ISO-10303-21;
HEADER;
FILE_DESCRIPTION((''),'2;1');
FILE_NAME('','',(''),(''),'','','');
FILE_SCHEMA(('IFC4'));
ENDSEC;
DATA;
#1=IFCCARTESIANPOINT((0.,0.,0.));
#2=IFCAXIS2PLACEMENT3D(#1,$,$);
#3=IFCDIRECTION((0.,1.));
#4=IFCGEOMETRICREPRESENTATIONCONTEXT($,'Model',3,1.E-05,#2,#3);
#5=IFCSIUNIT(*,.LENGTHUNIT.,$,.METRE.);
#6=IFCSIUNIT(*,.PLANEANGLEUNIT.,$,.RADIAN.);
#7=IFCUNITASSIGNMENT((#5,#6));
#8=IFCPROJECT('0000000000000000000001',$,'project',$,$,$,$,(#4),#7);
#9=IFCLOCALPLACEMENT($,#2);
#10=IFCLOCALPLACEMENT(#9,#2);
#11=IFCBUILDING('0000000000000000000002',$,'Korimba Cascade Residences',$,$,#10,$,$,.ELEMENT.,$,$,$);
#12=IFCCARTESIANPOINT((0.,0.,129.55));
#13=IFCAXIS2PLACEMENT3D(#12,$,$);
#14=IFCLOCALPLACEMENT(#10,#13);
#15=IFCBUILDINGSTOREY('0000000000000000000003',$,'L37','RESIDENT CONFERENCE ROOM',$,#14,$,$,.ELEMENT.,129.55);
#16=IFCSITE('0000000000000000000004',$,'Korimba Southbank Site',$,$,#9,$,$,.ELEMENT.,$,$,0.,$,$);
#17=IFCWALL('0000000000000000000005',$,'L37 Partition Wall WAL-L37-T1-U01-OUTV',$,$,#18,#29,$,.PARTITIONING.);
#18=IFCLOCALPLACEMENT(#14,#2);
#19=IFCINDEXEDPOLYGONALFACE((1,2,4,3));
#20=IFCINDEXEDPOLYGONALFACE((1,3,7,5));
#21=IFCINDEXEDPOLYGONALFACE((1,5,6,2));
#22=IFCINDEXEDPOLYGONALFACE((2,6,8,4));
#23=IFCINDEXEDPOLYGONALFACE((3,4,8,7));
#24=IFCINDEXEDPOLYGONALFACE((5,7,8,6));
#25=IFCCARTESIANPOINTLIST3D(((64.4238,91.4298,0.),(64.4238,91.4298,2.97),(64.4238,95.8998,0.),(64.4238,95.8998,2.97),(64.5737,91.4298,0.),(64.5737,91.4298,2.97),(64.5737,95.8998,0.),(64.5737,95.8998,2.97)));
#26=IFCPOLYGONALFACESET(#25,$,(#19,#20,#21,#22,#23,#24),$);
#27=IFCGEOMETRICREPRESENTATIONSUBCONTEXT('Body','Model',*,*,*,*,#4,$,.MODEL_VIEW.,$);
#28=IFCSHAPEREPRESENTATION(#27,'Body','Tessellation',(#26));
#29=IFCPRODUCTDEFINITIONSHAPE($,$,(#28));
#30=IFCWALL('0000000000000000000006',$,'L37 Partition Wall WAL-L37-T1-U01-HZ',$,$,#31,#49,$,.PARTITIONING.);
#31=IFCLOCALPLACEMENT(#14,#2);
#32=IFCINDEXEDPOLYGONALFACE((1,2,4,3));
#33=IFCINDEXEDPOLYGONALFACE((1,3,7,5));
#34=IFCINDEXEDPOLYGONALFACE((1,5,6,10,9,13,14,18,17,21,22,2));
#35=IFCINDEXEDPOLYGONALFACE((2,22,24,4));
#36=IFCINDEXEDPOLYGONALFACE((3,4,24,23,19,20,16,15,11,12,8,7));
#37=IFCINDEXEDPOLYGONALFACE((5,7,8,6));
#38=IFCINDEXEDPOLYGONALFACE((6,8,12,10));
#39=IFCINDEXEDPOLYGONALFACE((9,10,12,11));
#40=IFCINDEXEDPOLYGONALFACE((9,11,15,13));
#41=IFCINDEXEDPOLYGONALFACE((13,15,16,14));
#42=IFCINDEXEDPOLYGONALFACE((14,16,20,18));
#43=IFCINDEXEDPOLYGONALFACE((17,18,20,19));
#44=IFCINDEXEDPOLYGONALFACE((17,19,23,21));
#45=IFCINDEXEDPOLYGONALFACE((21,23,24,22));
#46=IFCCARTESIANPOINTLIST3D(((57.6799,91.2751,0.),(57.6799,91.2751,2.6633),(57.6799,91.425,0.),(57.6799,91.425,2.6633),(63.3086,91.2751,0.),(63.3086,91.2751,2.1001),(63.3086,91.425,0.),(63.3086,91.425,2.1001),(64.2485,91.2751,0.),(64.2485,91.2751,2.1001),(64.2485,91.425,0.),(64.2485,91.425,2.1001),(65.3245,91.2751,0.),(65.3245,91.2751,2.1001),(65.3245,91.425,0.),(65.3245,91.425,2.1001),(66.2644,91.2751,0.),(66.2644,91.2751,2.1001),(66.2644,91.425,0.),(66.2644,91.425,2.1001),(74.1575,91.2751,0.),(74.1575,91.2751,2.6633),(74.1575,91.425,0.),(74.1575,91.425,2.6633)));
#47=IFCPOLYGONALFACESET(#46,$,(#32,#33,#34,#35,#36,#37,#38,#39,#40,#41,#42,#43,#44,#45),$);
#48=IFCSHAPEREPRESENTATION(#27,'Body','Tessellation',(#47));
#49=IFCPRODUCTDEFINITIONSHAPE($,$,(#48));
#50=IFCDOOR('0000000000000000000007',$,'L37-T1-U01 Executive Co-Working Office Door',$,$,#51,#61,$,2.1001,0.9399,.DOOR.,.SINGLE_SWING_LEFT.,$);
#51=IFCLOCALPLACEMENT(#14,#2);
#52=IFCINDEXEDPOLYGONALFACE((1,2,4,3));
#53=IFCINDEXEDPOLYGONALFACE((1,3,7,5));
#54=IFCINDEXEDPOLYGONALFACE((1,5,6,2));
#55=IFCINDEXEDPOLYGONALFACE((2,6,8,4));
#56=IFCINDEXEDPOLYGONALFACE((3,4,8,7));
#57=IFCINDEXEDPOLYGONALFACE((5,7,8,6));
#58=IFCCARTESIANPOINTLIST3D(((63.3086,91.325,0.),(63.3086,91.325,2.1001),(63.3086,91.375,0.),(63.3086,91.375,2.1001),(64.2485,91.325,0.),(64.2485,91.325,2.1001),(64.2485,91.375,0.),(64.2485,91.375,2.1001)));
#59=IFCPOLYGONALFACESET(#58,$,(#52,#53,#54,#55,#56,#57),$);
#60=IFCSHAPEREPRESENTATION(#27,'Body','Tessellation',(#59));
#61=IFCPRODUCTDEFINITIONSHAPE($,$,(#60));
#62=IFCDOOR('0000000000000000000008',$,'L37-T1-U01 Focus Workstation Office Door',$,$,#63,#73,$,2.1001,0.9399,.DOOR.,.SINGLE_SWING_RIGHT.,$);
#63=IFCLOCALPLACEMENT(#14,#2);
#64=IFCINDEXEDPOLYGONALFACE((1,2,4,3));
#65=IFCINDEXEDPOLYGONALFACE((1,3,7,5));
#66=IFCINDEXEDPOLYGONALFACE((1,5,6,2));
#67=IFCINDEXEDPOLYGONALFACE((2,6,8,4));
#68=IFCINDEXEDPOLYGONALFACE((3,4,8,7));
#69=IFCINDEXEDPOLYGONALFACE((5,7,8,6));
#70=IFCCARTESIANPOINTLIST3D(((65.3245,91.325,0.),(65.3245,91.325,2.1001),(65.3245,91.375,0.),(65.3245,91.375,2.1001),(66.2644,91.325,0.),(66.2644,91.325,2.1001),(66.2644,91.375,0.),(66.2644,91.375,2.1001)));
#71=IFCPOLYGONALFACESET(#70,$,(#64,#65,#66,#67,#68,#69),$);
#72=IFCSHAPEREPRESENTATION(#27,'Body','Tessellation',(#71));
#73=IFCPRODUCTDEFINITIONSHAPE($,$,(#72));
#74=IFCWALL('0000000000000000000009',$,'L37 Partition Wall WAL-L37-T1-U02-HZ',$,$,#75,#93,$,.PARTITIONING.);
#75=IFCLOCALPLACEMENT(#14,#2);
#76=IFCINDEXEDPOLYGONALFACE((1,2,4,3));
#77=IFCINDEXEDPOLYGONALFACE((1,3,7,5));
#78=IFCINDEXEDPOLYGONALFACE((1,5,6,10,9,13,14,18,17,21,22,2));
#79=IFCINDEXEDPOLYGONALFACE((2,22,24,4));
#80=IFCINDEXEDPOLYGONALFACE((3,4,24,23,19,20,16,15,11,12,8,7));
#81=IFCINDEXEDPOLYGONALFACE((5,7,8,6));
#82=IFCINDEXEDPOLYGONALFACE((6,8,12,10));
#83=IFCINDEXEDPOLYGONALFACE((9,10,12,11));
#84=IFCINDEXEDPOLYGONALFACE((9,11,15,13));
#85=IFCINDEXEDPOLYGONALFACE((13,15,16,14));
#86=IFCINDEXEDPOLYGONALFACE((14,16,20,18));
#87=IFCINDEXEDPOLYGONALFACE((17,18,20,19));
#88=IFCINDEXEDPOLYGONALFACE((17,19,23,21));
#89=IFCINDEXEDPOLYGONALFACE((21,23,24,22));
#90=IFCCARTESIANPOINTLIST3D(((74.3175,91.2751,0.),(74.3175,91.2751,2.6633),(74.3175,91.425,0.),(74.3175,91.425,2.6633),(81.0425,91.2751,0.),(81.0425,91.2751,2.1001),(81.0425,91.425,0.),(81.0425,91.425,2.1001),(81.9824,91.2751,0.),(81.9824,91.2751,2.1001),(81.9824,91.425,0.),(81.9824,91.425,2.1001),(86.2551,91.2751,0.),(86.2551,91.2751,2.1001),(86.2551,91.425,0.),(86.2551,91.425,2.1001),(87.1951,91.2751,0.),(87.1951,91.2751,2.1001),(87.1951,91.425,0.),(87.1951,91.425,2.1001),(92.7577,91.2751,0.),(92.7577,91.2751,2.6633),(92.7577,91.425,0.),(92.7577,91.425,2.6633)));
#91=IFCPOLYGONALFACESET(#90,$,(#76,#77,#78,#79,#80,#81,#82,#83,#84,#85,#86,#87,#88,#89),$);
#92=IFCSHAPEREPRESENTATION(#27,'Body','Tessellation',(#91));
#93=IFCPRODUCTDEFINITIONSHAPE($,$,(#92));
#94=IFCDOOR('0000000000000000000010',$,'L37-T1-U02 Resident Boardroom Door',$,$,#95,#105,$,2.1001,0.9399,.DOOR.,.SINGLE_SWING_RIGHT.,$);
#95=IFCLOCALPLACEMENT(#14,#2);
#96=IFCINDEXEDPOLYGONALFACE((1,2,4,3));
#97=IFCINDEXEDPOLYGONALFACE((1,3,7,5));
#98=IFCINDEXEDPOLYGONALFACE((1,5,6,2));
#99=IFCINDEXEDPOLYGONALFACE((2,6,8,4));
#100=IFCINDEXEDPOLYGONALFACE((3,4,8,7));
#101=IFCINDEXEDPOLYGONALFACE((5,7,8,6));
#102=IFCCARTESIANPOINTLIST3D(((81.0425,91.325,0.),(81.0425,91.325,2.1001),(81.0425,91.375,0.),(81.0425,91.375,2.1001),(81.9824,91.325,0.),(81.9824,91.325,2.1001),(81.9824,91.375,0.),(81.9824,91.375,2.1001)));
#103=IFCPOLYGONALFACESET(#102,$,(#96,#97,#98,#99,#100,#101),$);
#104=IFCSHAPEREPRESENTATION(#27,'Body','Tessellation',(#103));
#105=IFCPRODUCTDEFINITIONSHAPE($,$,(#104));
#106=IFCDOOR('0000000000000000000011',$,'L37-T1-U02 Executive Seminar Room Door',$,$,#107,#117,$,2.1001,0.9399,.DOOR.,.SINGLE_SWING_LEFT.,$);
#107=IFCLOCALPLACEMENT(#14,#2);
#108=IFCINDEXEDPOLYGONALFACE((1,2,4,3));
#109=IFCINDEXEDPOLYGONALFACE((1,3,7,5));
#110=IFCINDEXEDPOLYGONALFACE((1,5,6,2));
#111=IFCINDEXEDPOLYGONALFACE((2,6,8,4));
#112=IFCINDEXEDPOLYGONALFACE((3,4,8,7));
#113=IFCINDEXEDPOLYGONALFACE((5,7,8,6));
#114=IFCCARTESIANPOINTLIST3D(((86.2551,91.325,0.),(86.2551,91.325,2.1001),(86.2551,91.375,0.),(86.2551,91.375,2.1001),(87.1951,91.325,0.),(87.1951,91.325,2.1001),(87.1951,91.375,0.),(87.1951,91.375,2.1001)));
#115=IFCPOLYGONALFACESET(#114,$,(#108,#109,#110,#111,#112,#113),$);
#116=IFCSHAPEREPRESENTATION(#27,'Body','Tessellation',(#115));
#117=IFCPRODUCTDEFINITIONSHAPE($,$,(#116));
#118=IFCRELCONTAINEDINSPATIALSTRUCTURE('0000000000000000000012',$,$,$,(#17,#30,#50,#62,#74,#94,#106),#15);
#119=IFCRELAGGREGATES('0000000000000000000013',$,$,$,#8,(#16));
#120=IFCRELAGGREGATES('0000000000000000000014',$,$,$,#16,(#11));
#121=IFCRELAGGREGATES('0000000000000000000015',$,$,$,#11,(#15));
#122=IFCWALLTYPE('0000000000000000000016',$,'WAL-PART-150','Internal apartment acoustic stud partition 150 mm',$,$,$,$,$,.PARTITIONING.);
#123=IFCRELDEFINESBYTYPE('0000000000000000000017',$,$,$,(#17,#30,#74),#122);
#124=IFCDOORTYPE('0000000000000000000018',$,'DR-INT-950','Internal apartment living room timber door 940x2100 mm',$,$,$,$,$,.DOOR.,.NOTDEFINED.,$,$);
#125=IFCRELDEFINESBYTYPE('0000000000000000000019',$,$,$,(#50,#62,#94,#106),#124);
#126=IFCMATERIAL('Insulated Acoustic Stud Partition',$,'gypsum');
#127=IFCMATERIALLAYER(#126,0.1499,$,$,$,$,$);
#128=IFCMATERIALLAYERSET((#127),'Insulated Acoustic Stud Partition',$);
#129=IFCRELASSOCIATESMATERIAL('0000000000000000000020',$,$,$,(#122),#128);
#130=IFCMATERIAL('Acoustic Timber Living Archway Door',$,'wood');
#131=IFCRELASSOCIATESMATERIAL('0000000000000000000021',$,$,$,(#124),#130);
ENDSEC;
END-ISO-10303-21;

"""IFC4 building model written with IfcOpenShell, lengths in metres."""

from ifc_helpers import new_model, si_unit, direction, frame, frame_2d, origin, place, context, subcontext, project, spatial, rectangle, extrude, material, layer, layer_set, type_object, element, fill, save


model = new_model("IFC4")

# Units and contexts
model_context = context("Model", 3, precision=1e-05, world=origin(), true_north=direction((0.0, 1.0)))
body_context = subcontext(model_context, "Body", "Model", "MODEL_VIEW")
ifc_project = project(units=[si_unit("LENGTHUNIT", "METRE"), si_unit("PLANEANGLEUNIT", "RADIAN")], contexts=[model_context])

# Site, building, storey
site_placement = place(None, origin())
site = spatial("IfcSite", under=ifc_project, at=site_placement, Name="Korimba Southbank Site", CompositionType="ELEMENT", RefElevation=0.0)
building_placement = place(site_placement, origin())
building = spatial("IfcBuilding", under=site, at=building_placement, Name="Korimba Cascade Residences", CompositionType="ELEMENT")
storey_placement = place(building_placement, frame((0.0, 0.0, 129.55)))
storey = spatial("IfcBuildingStorey", under=building, at=storey_placement, Name="L37", Description="RESIDENT CONFERENCE ROOM", CompositionType="ELEMENT", Elevation=129.55)

# Wall
ifc_material_1 = material(Name="Insulated Acoustic Stud Partition", Category="gypsum")
ifc_layer_1 = layer(ifc_material_1, 0.1499)
ifc_layer_set_1 = layer_set([ifc_layer_1], Name="Insulated Acoustic Stud Partition")
wall_type_1 = type_object("IfcWallType", Name="WAL-PART-150", Description="Internal apartment acoustic stud partition 150 mm", PredefinedType="PARTITIONING", material=ifc_layer_set_1)
wall_1_placement = place(storey_placement, frame((64.4988, 91.4299, 0.0), z_axis=(0.0, 0.0, 1.0), x_axis=(0.0, 1.0, 0.0)))
element("IfcWall", 1, at=wall_1_placement, inside=storey, type_object=wall_type_1, Name="L37 Partition Wall WAL-L37-T1-U01-OUTV", PredefinedType="PARTITIONING", context=body_context, shape_type="SweptSolid", body=[
    extrude(rectangle(XDim=4.47, YDim=0.1499, at=frame_2d((2.2349, 0.0))), origin(), (0.0, 0.0, 1.0), 2.97),
])

# Walls, openings, doors
wall_2_placement = place(storey_placement, frame((57.6799, 91.3501, 0.0), z_axis=(0.0, 0.0, 1.0), x_axis=(1.0, 0.0, 0.0)))
wall_2 = element("IfcWall", 2, at=wall_2_placement, inside=storey, type_object=wall_type_1, Name="L37 Partition Wall WAL-L37-T1-U01-HZ", PredefinedType="PARTITIONING", context=body_context, shape_type="SweptSolid", body=[
    extrude(rectangle(XDim=16.4775, YDim=0.1499, at=frame_2d((8.2388, 0.0))), origin(), (0.0, 0.0, 1.0), 2.6633),
])
opening_1_placement = place(wall_2_placement, frame((5.6287, 0.0, 0.0)))
opening_1 = element("IfcOpeningElement", 3, at=opening_1_placement, cuts=wall_2, PredefinedType="OPENING", context=body_context, shape_type="SweptSolid", body=[
    extrude(rectangle(XDim=0.9399, YDim=2.1001, at=frame_2d((0.47, 1.05))), frame((0.0, 0.085, 0.0), z_axis=(0.0, -1.0, 0.0), x_axis=(1.0, 0.0, 0.0)), (0.0, 0.0, 1.0), 0.1699),
])
opening_2_placement = place(wall_2_placement, frame((7.6445, 0.0, 0.0)))
opening_2 = element("IfcOpeningElement", 4, at=opening_2_placement, cuts=wall_2, PredefinedType="OPENING", context=body_context, shape_type="SweptSolid", body=[
    extrude(rectangle(XDim=0.9399, YDim=2.1001, at=frame_2d((0.47, 1.05))), frame((0.0, 0.085, 0.0), z_axis=(0.0, -1.0, 0.0), x_axis=(1.0, 0.0, 0.0)), (0.0, 0.0, 1.0), 0.1699),
])
ifc_material_2 = material(Name="Acoustic Timber Living Archway Door", Category="wood")
door_type = type_object("IfcDoorType", Name="DR-INT-950", Description="Internal apartment living room timber door 940x2100 mm", OperationType="NOTDEFINED", PredefinedType="DOOR", material=ifc_material_2)
door_1_placement = place(opening_1_placement, origin())
door_1 = element("IfcDoor", 5, at=door_1_placement, inside=storey, type_object=door_type, Name="L37-T1-U01 Executive Co-Working Office Door", OperationType="SINGLE_SWING_LEFT", OverallHeight=2.1001, OverallWidth=0.9399, PredefinedType="DOOR", context=body_context, shape_type="SweptSolid", body=[
    extrude(rectangle(XDim=0.9399, YDim=2.1001, at=frame_2d((0.47, 1.05))), frame((0.0, 0.0249, 0.0), z_axis=(0.0, -1.0, 0.0), x_axis=(1.0, 0.0, 0.0)), (0.0, 0.0, 1.0), 0.05),
])
fill(opening_1, door_1)
door_2_placement = place(opening_2_placement, origin())
door_2 = element("IfcDoor", 6, at=door_2_placement, inside=storey, type_object=door_type, Name="L37-T1-U01 Focus Workstation Office Door", OperationType="SINGLE_SWING_RIGHT", OverallHeight=2.1001, OverallWidth=0.9399, PredefinedType="DOOR", context=body_context, shape_type="SweptSolid", body=[
    extrude(rectangle(XDim=0.9399, YDim=2.1001, at=frame_2d((0.47, 1.05))), frame((0.0, 0.0249, 0.0), z_axis=(0.0, -1.0, 0.0), x_axis=(1.0, 0.0, 0.0)), (0.0, 0.0, 1.0), 0.05),
])
fill(opening_2, door_2)
wall_3_placement = place(storey_placement, frame((74.3174, 91.3501, 0.0), z_axis=(0.0, 0.0, 1.0), x_axis=(1.0, 0.0, 0.0)))
wall_3 = element("IfcWall", 7, at=wall_3_placement, inside=storey, type_object=wall_type_1, Name="L37 Partition Wall WAL-L37-T1-U02-HZ", PredefinedType="PARTITIONING", context=body_context, shape_type="SweptSolid", body=[
    extrude(rectangle(XDim=18.4402, YDim=0.1499, at=frame_2d((9.2202, 0.0))), origin(), (0.0, 0.0, 1.0), 2.6633),
])
opening_3_placement = place(wall_3_placement, frame((6.7251, 0.0, 0.0)))
opening_3 = element("IfcOpeningElement", 8, at=opening_3_placement, cuts=wall_3, PredefinedType="OPENING", context=body_context, shape_type="SweptSolid", body=[
    extrude(rectangle(XDim=0.9399, YDim=2.1001, at=frame_2d((0.47, 1.05))), frame((0.0, 0.085, 0.0), z_axis=(0.0, -1.0, 0.0), x_axis=(1.0, 0.0, 0.0)), (0.0, 0.0, 1.0), 0.1699),
])
opening_4_placement = place(wall_3_placement, frame((11.9377, 0.0, 0.0)))
opening_4 = element("IfcOpeningElement", 9, at=opening_4_placement, cuts=wall_3, PredefinedType="OPENING", context=body_context, shape_type="SweptSolid", body=[
    extrude(rectangle(XDim=0.9399, YDim=2.1001, at=frame_2d((0.47, 1.05))), frame((0.0, 0.085, 0.0), z_axis=(0.0, -1.0, 0.0), x_axis=(1.0, 0.0, 0.0)), (0.0, 0.0, 1.0), 0.1699),
])
door_3_placement = place(opening_3_placement, origin())
door_3 = element("IfcDoor", 10, at=door_3_placement, inside=storey, type_object=door_type, Name="L37-T1-U02 Resident Boardroom Door", OperationType="SINGLE_SWING_RIGHT", OverallHeight=2.1001, OverallWidth=0.9399, PredefinedType="DOOR", context=body_context, shape_type="SweptSolid", body=[
    extrude(rectangle(XDim=0.9399, YDim=2.1001, at=frame_2d((0.47, 1.05))), frame((0.0, 0.0249, 0.0), z_axis=(0.0, -1.0, 0.0), x_axis=(1.0, 0.0, 0.0)), (0.0, 0.0, 1.0), 0.05),
])
fill(opening_3, door_3)
door_4_placement = place(opening_4_placement, origin())
door_4 = element("IfcDoor", 11, at=door_4_placement, inside=storey, type_object=door_type, Name="L37-T1-U02 Executive Seminar Room Door", OperationType="SINGLE_SWING_LEFT", OverallHeight=2.1001, OverallWidth=0.9399, PredefinedType="DOOR", context=body_context, shape_type="SweptSolid", body=[
    extrude(rectangle(XDim=0.9399, YDim=2.1001, at=frame_2d((0.47, 1.05))), frame((0.0, 0.0249, 0.0), z_axis=(0.0, -1.0, 0.0), x_axis=(1.0, 0.0, 0.0)), (0.0, 0.0, 1.0), 0.05),
])
fill(opening_4, door_4)

save(model, "model.ifc")
